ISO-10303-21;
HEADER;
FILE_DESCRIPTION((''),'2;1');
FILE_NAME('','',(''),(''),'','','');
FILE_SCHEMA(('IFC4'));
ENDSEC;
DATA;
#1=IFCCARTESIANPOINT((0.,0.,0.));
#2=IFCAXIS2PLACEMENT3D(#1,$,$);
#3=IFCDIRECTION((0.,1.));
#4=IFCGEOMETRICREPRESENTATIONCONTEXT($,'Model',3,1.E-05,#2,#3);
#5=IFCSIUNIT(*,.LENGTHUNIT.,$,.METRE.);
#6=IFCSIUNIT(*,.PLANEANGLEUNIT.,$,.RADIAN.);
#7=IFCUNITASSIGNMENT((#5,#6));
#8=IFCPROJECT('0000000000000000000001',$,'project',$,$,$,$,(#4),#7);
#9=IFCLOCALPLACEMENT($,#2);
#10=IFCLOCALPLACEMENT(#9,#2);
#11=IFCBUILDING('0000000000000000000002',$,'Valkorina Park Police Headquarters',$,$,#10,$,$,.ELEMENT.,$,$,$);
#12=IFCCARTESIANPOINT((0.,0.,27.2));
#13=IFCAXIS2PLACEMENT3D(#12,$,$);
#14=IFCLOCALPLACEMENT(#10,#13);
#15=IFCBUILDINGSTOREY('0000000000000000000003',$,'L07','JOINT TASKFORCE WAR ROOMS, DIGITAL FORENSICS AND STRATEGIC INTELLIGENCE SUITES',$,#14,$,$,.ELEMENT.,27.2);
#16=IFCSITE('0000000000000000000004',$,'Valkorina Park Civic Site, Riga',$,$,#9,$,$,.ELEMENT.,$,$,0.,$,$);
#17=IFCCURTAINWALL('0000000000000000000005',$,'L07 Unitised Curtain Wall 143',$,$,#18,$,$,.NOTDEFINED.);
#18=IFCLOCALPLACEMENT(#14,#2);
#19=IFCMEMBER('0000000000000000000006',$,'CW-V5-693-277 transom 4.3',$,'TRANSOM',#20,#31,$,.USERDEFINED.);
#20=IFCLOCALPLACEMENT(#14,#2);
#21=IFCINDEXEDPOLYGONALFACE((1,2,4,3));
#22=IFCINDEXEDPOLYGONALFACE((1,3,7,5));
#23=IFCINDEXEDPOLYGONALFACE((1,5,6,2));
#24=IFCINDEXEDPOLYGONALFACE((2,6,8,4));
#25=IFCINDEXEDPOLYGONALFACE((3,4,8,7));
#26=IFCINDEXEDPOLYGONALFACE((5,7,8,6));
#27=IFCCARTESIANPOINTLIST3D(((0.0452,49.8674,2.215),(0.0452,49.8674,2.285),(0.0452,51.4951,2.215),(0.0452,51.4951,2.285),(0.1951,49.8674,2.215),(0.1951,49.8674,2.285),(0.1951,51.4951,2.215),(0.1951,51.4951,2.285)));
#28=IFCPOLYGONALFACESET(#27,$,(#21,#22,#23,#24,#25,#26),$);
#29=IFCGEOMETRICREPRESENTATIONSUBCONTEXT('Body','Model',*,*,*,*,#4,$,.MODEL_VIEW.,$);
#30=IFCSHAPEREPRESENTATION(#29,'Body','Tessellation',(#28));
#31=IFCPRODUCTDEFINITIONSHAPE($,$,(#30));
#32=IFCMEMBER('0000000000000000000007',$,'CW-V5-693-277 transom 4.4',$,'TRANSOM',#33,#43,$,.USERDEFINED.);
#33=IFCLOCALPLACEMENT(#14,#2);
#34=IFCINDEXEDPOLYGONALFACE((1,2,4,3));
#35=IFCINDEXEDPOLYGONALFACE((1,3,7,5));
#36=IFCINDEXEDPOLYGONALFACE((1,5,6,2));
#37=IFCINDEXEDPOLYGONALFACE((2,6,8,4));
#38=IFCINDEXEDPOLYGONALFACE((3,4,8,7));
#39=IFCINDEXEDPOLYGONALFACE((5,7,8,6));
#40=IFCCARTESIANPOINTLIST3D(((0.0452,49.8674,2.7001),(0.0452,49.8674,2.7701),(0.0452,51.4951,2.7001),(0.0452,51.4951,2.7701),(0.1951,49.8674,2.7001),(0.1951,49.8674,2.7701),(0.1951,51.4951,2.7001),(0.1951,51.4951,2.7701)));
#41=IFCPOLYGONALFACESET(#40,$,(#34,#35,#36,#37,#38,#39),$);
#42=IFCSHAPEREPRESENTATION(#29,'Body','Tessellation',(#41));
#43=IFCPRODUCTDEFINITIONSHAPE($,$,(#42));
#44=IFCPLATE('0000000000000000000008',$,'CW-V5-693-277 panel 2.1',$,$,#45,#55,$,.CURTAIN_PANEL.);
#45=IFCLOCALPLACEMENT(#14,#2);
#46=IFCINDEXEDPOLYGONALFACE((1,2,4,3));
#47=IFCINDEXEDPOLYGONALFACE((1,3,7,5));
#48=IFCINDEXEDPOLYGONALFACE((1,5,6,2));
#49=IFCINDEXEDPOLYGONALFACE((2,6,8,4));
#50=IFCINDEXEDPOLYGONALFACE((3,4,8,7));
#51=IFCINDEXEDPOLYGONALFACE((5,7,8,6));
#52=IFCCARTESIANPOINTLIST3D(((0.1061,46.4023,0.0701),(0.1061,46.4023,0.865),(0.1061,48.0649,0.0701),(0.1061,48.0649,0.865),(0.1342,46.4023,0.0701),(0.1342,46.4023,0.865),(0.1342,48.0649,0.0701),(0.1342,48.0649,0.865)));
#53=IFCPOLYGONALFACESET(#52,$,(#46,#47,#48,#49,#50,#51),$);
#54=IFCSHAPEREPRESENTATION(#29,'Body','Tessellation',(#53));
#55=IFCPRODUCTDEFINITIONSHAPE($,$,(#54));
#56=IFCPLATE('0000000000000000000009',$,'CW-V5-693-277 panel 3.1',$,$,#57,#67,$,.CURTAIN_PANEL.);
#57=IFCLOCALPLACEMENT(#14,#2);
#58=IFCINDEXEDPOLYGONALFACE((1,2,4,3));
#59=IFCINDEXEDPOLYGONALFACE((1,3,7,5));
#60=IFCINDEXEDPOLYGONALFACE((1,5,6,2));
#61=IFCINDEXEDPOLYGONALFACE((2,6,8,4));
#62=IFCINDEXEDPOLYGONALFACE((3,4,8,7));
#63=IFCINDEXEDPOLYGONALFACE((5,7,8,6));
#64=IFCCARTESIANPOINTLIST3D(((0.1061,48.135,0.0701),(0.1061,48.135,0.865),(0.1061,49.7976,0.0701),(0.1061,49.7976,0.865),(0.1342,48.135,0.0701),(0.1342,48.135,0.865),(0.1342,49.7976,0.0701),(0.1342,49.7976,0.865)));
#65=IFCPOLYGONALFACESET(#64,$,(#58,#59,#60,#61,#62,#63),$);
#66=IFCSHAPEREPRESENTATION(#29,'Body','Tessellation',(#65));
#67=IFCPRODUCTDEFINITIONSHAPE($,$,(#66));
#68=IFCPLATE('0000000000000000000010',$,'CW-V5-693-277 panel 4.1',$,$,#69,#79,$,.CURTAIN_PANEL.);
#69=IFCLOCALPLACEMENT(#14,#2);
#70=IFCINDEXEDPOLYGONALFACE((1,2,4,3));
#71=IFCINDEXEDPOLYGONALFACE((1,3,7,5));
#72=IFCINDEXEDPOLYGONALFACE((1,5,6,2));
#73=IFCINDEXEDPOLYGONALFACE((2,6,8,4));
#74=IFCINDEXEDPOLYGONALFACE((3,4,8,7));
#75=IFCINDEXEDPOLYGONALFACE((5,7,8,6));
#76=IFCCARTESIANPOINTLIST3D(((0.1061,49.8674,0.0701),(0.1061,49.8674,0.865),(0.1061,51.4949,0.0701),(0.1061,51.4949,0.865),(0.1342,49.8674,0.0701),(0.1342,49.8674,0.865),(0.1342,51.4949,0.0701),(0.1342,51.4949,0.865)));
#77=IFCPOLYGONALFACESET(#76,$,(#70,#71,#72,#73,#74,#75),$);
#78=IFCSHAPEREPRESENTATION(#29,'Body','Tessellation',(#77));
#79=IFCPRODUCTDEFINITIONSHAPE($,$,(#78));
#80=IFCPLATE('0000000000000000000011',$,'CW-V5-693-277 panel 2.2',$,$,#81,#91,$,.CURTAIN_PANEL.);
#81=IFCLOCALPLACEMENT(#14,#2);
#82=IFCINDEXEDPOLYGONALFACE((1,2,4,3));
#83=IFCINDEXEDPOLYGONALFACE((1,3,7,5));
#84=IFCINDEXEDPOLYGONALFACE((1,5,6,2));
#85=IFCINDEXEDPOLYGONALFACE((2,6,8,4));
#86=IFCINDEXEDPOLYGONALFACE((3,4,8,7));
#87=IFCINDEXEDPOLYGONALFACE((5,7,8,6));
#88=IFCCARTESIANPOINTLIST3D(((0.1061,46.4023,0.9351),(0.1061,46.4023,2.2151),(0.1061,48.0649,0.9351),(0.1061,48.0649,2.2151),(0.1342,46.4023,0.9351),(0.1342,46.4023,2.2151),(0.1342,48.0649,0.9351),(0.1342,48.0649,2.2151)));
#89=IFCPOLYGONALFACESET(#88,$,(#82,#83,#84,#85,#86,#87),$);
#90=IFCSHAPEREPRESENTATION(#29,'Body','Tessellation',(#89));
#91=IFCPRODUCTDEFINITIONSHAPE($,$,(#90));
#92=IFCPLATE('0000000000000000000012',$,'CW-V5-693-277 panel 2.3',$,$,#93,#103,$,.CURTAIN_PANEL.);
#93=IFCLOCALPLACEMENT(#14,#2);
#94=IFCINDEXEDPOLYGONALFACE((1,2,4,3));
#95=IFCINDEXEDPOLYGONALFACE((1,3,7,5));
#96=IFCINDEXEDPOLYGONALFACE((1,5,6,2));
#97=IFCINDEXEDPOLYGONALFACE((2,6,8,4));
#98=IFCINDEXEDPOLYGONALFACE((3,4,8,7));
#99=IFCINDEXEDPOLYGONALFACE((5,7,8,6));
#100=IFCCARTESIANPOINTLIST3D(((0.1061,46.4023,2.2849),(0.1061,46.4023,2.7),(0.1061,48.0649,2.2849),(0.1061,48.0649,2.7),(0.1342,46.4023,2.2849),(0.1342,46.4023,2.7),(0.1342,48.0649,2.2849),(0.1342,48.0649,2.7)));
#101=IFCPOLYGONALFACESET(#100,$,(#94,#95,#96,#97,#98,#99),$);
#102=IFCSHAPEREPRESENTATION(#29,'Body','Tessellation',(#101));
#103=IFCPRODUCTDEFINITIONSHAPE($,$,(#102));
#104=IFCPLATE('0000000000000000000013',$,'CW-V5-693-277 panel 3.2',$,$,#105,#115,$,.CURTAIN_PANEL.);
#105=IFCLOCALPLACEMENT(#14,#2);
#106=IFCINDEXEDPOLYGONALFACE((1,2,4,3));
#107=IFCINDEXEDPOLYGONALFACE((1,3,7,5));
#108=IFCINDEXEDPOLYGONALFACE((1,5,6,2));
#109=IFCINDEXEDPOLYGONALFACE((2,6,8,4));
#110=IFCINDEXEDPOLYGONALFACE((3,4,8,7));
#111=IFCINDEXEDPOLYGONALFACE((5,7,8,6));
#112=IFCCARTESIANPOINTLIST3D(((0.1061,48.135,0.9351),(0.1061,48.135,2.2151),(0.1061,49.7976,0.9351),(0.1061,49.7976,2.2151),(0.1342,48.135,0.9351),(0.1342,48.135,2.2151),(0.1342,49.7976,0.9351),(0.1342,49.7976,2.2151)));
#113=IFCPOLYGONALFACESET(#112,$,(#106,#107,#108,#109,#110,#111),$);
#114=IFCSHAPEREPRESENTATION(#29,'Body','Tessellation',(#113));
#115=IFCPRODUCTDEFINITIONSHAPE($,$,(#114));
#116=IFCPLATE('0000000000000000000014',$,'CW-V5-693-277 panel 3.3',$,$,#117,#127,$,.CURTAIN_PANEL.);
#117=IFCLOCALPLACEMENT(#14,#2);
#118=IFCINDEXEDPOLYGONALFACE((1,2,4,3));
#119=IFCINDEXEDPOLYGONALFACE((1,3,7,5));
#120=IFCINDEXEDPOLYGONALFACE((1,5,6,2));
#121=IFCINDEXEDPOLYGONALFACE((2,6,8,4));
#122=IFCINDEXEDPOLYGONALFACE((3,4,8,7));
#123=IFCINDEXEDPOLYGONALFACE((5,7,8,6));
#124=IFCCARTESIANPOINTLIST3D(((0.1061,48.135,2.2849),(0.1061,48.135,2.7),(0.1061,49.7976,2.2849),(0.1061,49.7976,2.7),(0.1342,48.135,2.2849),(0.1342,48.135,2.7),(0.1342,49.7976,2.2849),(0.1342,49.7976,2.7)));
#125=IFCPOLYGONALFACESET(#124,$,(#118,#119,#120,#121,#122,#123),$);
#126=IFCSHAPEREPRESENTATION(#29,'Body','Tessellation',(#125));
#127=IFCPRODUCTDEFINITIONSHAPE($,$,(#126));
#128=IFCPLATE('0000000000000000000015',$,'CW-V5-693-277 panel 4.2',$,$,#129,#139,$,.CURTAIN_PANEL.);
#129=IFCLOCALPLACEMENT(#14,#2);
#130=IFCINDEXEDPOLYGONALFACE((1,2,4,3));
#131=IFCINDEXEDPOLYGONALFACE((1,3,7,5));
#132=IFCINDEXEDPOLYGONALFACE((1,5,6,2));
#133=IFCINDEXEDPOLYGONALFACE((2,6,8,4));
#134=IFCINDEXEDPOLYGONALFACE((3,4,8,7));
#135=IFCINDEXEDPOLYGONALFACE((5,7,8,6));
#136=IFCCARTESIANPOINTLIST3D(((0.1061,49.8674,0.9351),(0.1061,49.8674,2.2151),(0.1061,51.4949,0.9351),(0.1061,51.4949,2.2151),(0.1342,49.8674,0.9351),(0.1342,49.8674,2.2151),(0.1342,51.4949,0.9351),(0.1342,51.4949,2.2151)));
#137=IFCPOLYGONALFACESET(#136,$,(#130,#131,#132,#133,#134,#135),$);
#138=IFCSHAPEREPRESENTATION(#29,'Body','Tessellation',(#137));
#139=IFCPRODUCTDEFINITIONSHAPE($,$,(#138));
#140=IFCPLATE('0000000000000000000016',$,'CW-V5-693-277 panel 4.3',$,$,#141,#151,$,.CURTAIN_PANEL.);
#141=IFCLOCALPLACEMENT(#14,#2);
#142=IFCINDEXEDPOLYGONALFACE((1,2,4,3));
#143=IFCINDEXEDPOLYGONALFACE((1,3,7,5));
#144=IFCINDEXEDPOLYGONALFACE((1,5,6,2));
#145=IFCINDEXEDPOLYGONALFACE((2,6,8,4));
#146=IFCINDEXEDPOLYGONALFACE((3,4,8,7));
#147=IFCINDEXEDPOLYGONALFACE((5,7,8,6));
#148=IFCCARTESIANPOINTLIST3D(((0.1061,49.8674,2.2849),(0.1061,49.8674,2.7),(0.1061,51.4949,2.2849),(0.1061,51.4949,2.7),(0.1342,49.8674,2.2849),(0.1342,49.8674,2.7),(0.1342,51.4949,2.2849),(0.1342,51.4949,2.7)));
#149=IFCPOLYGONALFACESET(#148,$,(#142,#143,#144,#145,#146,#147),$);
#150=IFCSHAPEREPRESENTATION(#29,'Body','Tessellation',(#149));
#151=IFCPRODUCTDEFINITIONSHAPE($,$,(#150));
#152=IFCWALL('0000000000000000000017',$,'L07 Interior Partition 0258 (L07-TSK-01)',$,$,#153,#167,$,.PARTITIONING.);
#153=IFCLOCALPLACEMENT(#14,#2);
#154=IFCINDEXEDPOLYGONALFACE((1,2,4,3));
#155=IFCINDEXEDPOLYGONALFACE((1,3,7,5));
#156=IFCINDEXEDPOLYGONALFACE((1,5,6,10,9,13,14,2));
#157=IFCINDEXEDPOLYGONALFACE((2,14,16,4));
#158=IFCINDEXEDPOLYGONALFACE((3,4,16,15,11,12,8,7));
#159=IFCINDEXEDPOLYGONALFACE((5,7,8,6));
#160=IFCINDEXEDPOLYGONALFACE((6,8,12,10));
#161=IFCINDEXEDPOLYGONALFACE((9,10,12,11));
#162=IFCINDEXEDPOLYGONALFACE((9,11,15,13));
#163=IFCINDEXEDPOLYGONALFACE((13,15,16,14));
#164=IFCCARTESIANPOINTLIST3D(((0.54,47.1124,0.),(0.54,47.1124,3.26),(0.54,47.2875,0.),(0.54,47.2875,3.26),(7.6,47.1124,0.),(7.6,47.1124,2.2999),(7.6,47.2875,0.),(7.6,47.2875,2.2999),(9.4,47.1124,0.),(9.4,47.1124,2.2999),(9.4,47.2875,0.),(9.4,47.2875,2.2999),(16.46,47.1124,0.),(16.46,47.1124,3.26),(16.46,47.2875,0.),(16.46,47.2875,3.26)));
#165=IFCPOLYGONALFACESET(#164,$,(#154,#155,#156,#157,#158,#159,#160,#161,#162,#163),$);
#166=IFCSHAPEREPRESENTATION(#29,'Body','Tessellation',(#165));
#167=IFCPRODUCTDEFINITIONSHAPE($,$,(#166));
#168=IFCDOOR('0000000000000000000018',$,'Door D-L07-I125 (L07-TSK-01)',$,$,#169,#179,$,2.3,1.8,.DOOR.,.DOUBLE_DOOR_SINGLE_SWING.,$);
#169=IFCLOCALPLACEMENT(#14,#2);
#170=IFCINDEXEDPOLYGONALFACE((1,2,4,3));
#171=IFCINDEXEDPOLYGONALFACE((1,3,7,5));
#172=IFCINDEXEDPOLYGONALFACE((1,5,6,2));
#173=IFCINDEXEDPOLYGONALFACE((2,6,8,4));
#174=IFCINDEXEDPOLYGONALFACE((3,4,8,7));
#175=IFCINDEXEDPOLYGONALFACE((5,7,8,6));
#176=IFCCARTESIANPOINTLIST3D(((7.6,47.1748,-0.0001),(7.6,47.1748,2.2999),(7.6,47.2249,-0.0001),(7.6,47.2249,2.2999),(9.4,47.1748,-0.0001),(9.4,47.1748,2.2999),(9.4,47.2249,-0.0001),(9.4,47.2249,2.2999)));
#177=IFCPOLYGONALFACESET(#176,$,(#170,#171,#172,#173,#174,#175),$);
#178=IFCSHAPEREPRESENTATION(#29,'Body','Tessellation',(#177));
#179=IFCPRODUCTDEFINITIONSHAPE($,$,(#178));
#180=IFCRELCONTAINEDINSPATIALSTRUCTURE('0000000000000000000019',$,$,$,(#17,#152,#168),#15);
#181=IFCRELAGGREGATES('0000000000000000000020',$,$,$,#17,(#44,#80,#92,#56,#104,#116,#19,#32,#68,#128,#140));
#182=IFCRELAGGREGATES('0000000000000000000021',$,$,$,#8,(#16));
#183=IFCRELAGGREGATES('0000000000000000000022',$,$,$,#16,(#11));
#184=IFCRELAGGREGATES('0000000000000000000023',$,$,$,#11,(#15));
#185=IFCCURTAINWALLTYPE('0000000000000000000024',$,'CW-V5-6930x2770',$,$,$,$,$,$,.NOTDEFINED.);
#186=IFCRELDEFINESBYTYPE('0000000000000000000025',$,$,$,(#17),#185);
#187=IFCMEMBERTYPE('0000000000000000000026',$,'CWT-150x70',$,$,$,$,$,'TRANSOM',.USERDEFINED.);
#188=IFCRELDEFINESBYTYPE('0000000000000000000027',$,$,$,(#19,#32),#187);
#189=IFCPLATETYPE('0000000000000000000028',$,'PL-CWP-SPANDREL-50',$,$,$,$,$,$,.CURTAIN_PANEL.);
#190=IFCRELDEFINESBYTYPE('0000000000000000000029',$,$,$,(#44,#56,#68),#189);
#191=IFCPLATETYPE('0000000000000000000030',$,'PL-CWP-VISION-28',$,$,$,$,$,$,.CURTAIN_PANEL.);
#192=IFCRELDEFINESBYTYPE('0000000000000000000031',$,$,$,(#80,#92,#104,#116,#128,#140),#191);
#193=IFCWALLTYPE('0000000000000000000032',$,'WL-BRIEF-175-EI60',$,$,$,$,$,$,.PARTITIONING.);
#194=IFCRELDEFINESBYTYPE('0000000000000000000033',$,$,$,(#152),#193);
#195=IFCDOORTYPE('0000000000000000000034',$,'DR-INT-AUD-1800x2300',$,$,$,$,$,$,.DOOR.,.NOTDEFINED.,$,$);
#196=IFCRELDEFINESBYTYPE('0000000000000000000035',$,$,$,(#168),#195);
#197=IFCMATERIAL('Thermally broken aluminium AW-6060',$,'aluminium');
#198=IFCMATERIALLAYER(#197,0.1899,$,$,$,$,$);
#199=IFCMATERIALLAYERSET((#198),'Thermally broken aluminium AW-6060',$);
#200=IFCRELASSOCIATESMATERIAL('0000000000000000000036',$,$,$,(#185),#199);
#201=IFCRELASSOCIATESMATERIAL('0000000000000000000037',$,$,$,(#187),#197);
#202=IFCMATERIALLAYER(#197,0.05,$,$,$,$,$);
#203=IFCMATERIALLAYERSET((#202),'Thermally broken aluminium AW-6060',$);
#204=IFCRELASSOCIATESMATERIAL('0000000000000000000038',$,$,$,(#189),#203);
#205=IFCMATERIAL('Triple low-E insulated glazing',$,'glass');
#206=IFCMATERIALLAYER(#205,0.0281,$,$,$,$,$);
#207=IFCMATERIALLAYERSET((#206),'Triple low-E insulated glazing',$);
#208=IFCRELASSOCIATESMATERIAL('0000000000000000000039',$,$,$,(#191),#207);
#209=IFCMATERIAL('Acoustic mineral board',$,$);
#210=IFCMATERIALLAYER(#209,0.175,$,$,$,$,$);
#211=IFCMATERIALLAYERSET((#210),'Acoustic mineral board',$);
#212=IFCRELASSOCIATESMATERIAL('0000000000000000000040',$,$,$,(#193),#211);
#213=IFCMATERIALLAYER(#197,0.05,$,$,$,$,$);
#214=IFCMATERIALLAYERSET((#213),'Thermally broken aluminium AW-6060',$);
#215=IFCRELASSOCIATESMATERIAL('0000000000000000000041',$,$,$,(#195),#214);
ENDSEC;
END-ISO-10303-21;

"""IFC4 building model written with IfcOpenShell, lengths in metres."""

from ifc_helpers import new_model, si_unit, direction, frame, frame_2d, origin, origin_2d, place, context, subcontext, project, spatial, rectangle, extrude, material, layer, layer_set, material_profile, profile_set, type_object, element, fill, aggregate, save


model = new_model("IFC4")

# Units and contexts
model_context = context("Model", 3, precision=1e-05, world=origin(), true_north=direction((0.0, 1.0)))
body_context = subcontext(model_context, "Body", "Model", "MODEL_VIEW")
ifc_project = project(units=[si_unit("LENGTHUNIT", "METRE"), si_unit("PLANEANGLEUNIT", "RADIAN")], contexts=[model_context])

# Site, building, storey
site_placement = place(None, origin())
site = spatial("IfcSite", under=ifc_project, at=site_placement, Name="Valkorina Park Civic Site, Riga", CompositionType="ELEMENT", RefElevation=0.0)
building_placement = place(site_placement, origin())
building = spatial("IfcBuilding", under=site, at=building_placement, Name="Valkorina Park Police Headquarters", CompositionType="ELEMENT")
storey_placement = place(building_placement, frame((0.0, 0.0, 27.2)))
storey = spatial("IfcBuildingStorey", under=building, at=storey_placement, Name="L07", Description="JOINT TASKFORCE WAR ROOMS, DIGITAL FORENSICS AND STRATEGIC INTELLIGENCE SUITES", CompositionType="ELEMENT", Elevation=27.2)

# Curtain wall, members, plates
ifc_material_1 = material(Name="Thermally broken aluminium AW-6060", Category="aluminium")
ifc_layer_1 = layer(ifc_material_1, 0.1899)
ifc_layer_set_1 = layer_set([ifc_layer_1], Name="Thermally broken aluminium AW-6060")
curtain_wall_type = type_object("IfcCurtainWallType", Name="CW-V5-6930x2770", PredefinedType="NOTDEFINED", material=ifc_layer_set_1)
curtain_wall_placement = place(storey_placement, origin())
curtain_wall = element("IfcCurtainWall", 1, at=curtain_wall_placement, inside=storey, type_object=curtain_wall_type, Name="L07 Unitised Curtain Wall 143", PredefinedType="NOTDEFINED")
ifc_material_profile_1 = material_profile(ifc_material_1, rectangle(XDim=0.1499, YDim=0.0701, at=origin_2d()), Name="CWT-02 150x70")
ifc_profile_set_1 = profile_set([ifc_material_profile_1], Name="Thermally broken aluminium AW-6060")
member_type_1 = type_object("IfcMemberType", Name="CWT-150x70", ElementType="TRANSOM", PredefinedType="USERDEFINED", material=ifc_profile_set_1)
member_1_placement = place(storey_placement, frame((0.1201, 49.8674, 2.25), z_axis=(0.0, 1.0, 0.0), x_axis=(-1.0, 0.0, 0.0)))
member_1 = element("IfcMember", 2, at=member_1_placement, type_object=member_type_1, Name="CW-V5-693-277 transom 4.3", ObjectType="TRANSOM", PredefinedType="USERDEFINED", context=body_context, shape_type="SweptSolid", body=[
    extrude(rectangle(XDim=0.1499, YDim=0.0701, at=origin_2d()), origin(), (0.0, 0.0, 1.0), 1.6277),
])
member_2_placement = place(storey_placement, frame((0.1201, 49.8674, 2.7351), z_axis=(0.0, 1.0, 0.0), x_axis=(-1.0, 0.0, 0.0)))
member_2 = element("IfcMember", 3, at=member_2_placement, type_object=member_type_1, Name="CW-V5-693-277 transom 4.4", ObjectType="TRANSOM", PredefinedType="USERDEFINED", context=body_context, shape_type="SweptSolid", body=[
    extrude(rectangle(XDim=0.1499, YDim=0.0701, at=origin_2d()), origin(), (0.0, 0.0, 1.0), 1.6277),
])
ifc_layer_2 = layer(ifc_material_1, 0.05)
ifc_layer_set_2 = layer_set([ifc_layer_2], Name="Thermally broken aluminium AW-6060")
plate_type_1 = type_object("IfcPlateType", Name="PL-CWP-SPANDREL-50", PredefinedType="CURTAIN_PANEL", material=ifc_layer_set_2)
plate_1_placement = place(storey_placement, frame((0.1201, 47.2336, 0.0701), z_axis=(0.0, 0.0, 1.0), x_axis=(0.0, 1.0, 0.0)))
plate_1 = element("IfcPlate", 4, at=plate_1_placement, type_object=plate_type_1, Name="CW-V5-693-277 panel 2.1", PredefinedType="CURTAIN_PANEL", context=body_context, shape_type="SweptSolid", body=[
    extrude(rectangle(XDim=1.6626, YDim=0.0281, at=origin_2d()), origin(), (0.0, 0.0, 1.0), 0.7949),
])
plate_2_placement = place(storey_placement, frame((0.1201, 48.9663, 0.0701), z_axis=(0.0, 0.0, 1.0), x_axis=(0.0, 1.0, 0.0)))
plate_2 = element("IfcPlate", 5, at=plate_2_placement, type_object=plate_type_1, Name="CW-V5-693-277 panel 3.1", PredefinedType="CURTAIN_PANEL", context=body_context, shape_type="SweptSolid", body=[
    extrude(rectangle(XDim=1.6626, YDim=0.0281, at=origin_2d()), origin(), (0.0, 0.0, 1.0), 0.7949),
])
plate_3_placement = place(storey_placement, frame((0.1201, 50.6812, 0.0701), z_axis=(0.0, 0.0, 1.0), x_axis=(0.0, 1.0, 0.0)))
plate_3 = element("IfcPlate", 6, at=plate_3_placement, type_object=plate_type_1, Name="CW-V5-693-277 panel 4.1", PredefinedType="CURTAIN_PANEL", context=body_context, shape_type="SweptSolid", body=[
    extrude(rectangle(XDim=1.6274, YDim=0.0281, at=origin_2d()), origin(), (0.0, 0.0, 1.0), 0.7949),
])
ifc_material_2 = material(Name="Triple low-E insulated glazing", Category="glass")
ifc_layer_3 = layer(ifc_material_2, 0.0281)
ifc_layer_set_3 = layer_set([ifc_layer_3], Name="Triple low-E insulated glazing")
plate_type_2 = type_object("IfcPlateType", Name="PL-CWP-VISION-28", PredefinedType="CURTAIN_PANEL", material=ifc_layer_set_3)
plate_4_placement = place(storey_placement, frame((0.1201, 47.2336, 0.9351), z_axis=(0.0, 0.0, 1.0), x_axis=(0.0, 1.0, 0.0)))
plate_4 = element("IfcPlate", 7, at=plate_4_placement, type_object=plate_type_2, Name="CW-V5-693-277 panel 2.2", PredefinedType="CURTAIN_PANEL", context=body_context, shape_type="SweptSolid", body=[
    extrude(rectangle(XDim=1.6626, YDim=0.0281, at=origin_2d()), origin(), (0.0, 0.0, 1.0), 1.28),
])
plate_5_placement = place(storey_placement, frame((0.1201, 47.2336, 2.2849), z_axis=(0.0, 0.0, 1.0), x_axis=(0.0, 1.0, 0.0)))
plate_5 = element("IfcPlate", 8, at=plate_5_placement, type_object=plate_type_2, Name="CW-V5-693-277 panel 2.3", PredefinedType="CURTAIN_PANEL", context=body_context, shape_type="SweptSolid", body=[
    extrude(rectangle(XDim=1.6626, YDim=0.0281, at=origin_2d()), origin(), (0.0, 0.0, 1.0), 0.415),
])
plate_6_placement = place(storey_placement, frame((0.1201, 48.9663, 0.9351), z_axis=(0.0, 0.0, 1.0), x_axis=(0.0, 1.0, 0.0)))
plate_6 = element("IfcPlate", 9, at=plate_6_placement, type_object=plate_type_2, Name="CW-V5-693-277 panel 3.2", PredefinedType="CURTAIN_PANEL", context=body_context, shape_type="SweptSolid", body=[
    extrude(rectangle(XDim=1.6626, YDim=0.0281, at=origin_2d()), origin(), (0.0, 0.0, 1.0), 1.28),
])
plate_7_placement = place(storey_placement, frame((0.1201, 48.9663, 2.2849), z_axis=(0.0, 0.0, 1.0), x_axis=(0.0, 1.0, 0.0)))
plate_7 = element("IfcPlate", 10, at=plate_7_placement, type_object=plate_type_2, Name="CW-V5-693-277 panel 3.3", PredefinedType="CURTAIN_PANEL", context=body_context, shape_type="SweptSolid", body=[
    extrude(rectangle(XDim=1.6626, YDim=0.0281, at=origin_2d()), origin(), (0.0, 0.0, 1.0), 0.415),
])
plate_8_placement = place(storey_placement, frame((0.1201, 50.6812, 0.9351), z_axis=(0.0, 0.0, 1.0), x_axis=(0.0, 1.0, 0.0)))
plate_8 = element("IfcPlate", 11, at=plate_8_placement, type_object=plate_type_2, Name="CW-V5-693-277 panel 4.2", PredefinedType="CURTAIN_PANEL", context=body_context, shape_type="SweptSolid", body=[
    extrude(rectangle(XDim=1.6274, YDim=0.0281, at=origin_2d()), origin(), (0.0, 0.0, 1.0), 1.28),
])
plate_9_placement = place(storey_placement, frame((0.1201, 50.6812, 2.2849), z_axis=(0.0, 0.0, 1.0), x_axis=(0.0, 1.0, 0.0)))
plate_9 = element("IfcPlate", 12, at=plate_9_placement, type_object=plate_type_2, Name="CW-V5-693-277 panel 4.3", PredefinedType="CURTAIN_PANEL", context=body_context, shape_type="SweptSolid", body=[
    extrude(rectangle(XDim=1.6274, YDim=0.0281, at=origin_2d()), origin(), (0.0, 0.0, 1.0), 0.415),
])
aggregate(curtain_wall, [plate_1, plate_4, plate_5, plate_2, plate_6, plate_7, member_1, member_2, plate_3, plate_8, plate_9])

# Wall, opening, door
ifc_material_3 = material(Name="Acoustic mineral board")
ifc_layer_4 = layer(ifc_material_3, 0.175)
ifc_layer_set_4 = layer_set([ifc_layer_4], Name="Acoustic mineral board")
wall_type = type_object("IfcWallType", Name="WL-BRIEF-175-EI60", PredefinedType="PARTITIONING", material=ifc_layer_set_4)
wall_placement = place(storey_placement, frame((0.54, 47.2, 0.0), z_axis=(0.0, 0.0, 1.0), x_axis=(1.0, 0.0, 0.0)))
wall = element("IfcWall", 13, at=wall_placement, inside=storey, type_object=wall_type, Name="L07 Interior Partition 0258 (L07-TSK-01)", PredefinedType="PARTITIONING", context=body_context, shape_type="SweptSolid", body=[
    extrude(rectangle(XDim=15.9199, YDim=0.175, at=frame_2d((7.96, 0.0))), origin(), (0.0, 0.0, 1.0), 3.26),
])
opening_placement = place(wall_placement, frame((7.0601, 0.0, 0.0)))
opening = element("IfcOpeningElement", 14, at=opening_placement, cuts=wall, PredefinedType="OPENING", context=body_context, shape_type="SweptSolid", body=[
    extrude(rectangle(XDim=1.8, YDim=2.3, at=frame_2d((0.8999, 1.1499))), frame((0.0, 0.0977, 0.0), z_axis=(0.0, -1.0, 0.0), x_axis=(1.0, 0.0, 0.0)), (0.0, 0.0, 1.0), 0.1951),
])
ifc_layer_5 = layer(ifc_material_1, 0.05)
ifc_layer_set_5 = layer_set([ifc_layer_5], Name="Thermally broken aluminium AW-6060")
door_type = type_object("IfcDoorType", Name="DR-INT-AUD-1800x2300", OperationType="NOTDEFINED", PredefinedType="DOOR", material=ifc_layer_set_5)
door_placement = place(opening_placement, origin())
door = element("IfcDoor", 15, at=door_placement, inside=storey, type_object=door_type, Name="Door D-L07-I125 (L07-TSK-01)", OperationType="DOUBLE_DOOR_SINGLE_SWING", OverallHeight=2.3, OverallWidth=1.8, PredefinedType="DOOR", context=body_context, shape_type="SweptSolid", body=[
    extrude(rectangle(XDim=1.8, YDim=2.3, at=frame_2d((0.8999, 1.1499))), frame((0.0, 0.0249, 0.0), z_axis=(0.0, -1.0, 0.0), x_axis=(1.0, 0.0, 0.0)), (0.0, 0.0, 1.0), 0.05),
])
fill(opening, door)

save(model, "model.ifc")
